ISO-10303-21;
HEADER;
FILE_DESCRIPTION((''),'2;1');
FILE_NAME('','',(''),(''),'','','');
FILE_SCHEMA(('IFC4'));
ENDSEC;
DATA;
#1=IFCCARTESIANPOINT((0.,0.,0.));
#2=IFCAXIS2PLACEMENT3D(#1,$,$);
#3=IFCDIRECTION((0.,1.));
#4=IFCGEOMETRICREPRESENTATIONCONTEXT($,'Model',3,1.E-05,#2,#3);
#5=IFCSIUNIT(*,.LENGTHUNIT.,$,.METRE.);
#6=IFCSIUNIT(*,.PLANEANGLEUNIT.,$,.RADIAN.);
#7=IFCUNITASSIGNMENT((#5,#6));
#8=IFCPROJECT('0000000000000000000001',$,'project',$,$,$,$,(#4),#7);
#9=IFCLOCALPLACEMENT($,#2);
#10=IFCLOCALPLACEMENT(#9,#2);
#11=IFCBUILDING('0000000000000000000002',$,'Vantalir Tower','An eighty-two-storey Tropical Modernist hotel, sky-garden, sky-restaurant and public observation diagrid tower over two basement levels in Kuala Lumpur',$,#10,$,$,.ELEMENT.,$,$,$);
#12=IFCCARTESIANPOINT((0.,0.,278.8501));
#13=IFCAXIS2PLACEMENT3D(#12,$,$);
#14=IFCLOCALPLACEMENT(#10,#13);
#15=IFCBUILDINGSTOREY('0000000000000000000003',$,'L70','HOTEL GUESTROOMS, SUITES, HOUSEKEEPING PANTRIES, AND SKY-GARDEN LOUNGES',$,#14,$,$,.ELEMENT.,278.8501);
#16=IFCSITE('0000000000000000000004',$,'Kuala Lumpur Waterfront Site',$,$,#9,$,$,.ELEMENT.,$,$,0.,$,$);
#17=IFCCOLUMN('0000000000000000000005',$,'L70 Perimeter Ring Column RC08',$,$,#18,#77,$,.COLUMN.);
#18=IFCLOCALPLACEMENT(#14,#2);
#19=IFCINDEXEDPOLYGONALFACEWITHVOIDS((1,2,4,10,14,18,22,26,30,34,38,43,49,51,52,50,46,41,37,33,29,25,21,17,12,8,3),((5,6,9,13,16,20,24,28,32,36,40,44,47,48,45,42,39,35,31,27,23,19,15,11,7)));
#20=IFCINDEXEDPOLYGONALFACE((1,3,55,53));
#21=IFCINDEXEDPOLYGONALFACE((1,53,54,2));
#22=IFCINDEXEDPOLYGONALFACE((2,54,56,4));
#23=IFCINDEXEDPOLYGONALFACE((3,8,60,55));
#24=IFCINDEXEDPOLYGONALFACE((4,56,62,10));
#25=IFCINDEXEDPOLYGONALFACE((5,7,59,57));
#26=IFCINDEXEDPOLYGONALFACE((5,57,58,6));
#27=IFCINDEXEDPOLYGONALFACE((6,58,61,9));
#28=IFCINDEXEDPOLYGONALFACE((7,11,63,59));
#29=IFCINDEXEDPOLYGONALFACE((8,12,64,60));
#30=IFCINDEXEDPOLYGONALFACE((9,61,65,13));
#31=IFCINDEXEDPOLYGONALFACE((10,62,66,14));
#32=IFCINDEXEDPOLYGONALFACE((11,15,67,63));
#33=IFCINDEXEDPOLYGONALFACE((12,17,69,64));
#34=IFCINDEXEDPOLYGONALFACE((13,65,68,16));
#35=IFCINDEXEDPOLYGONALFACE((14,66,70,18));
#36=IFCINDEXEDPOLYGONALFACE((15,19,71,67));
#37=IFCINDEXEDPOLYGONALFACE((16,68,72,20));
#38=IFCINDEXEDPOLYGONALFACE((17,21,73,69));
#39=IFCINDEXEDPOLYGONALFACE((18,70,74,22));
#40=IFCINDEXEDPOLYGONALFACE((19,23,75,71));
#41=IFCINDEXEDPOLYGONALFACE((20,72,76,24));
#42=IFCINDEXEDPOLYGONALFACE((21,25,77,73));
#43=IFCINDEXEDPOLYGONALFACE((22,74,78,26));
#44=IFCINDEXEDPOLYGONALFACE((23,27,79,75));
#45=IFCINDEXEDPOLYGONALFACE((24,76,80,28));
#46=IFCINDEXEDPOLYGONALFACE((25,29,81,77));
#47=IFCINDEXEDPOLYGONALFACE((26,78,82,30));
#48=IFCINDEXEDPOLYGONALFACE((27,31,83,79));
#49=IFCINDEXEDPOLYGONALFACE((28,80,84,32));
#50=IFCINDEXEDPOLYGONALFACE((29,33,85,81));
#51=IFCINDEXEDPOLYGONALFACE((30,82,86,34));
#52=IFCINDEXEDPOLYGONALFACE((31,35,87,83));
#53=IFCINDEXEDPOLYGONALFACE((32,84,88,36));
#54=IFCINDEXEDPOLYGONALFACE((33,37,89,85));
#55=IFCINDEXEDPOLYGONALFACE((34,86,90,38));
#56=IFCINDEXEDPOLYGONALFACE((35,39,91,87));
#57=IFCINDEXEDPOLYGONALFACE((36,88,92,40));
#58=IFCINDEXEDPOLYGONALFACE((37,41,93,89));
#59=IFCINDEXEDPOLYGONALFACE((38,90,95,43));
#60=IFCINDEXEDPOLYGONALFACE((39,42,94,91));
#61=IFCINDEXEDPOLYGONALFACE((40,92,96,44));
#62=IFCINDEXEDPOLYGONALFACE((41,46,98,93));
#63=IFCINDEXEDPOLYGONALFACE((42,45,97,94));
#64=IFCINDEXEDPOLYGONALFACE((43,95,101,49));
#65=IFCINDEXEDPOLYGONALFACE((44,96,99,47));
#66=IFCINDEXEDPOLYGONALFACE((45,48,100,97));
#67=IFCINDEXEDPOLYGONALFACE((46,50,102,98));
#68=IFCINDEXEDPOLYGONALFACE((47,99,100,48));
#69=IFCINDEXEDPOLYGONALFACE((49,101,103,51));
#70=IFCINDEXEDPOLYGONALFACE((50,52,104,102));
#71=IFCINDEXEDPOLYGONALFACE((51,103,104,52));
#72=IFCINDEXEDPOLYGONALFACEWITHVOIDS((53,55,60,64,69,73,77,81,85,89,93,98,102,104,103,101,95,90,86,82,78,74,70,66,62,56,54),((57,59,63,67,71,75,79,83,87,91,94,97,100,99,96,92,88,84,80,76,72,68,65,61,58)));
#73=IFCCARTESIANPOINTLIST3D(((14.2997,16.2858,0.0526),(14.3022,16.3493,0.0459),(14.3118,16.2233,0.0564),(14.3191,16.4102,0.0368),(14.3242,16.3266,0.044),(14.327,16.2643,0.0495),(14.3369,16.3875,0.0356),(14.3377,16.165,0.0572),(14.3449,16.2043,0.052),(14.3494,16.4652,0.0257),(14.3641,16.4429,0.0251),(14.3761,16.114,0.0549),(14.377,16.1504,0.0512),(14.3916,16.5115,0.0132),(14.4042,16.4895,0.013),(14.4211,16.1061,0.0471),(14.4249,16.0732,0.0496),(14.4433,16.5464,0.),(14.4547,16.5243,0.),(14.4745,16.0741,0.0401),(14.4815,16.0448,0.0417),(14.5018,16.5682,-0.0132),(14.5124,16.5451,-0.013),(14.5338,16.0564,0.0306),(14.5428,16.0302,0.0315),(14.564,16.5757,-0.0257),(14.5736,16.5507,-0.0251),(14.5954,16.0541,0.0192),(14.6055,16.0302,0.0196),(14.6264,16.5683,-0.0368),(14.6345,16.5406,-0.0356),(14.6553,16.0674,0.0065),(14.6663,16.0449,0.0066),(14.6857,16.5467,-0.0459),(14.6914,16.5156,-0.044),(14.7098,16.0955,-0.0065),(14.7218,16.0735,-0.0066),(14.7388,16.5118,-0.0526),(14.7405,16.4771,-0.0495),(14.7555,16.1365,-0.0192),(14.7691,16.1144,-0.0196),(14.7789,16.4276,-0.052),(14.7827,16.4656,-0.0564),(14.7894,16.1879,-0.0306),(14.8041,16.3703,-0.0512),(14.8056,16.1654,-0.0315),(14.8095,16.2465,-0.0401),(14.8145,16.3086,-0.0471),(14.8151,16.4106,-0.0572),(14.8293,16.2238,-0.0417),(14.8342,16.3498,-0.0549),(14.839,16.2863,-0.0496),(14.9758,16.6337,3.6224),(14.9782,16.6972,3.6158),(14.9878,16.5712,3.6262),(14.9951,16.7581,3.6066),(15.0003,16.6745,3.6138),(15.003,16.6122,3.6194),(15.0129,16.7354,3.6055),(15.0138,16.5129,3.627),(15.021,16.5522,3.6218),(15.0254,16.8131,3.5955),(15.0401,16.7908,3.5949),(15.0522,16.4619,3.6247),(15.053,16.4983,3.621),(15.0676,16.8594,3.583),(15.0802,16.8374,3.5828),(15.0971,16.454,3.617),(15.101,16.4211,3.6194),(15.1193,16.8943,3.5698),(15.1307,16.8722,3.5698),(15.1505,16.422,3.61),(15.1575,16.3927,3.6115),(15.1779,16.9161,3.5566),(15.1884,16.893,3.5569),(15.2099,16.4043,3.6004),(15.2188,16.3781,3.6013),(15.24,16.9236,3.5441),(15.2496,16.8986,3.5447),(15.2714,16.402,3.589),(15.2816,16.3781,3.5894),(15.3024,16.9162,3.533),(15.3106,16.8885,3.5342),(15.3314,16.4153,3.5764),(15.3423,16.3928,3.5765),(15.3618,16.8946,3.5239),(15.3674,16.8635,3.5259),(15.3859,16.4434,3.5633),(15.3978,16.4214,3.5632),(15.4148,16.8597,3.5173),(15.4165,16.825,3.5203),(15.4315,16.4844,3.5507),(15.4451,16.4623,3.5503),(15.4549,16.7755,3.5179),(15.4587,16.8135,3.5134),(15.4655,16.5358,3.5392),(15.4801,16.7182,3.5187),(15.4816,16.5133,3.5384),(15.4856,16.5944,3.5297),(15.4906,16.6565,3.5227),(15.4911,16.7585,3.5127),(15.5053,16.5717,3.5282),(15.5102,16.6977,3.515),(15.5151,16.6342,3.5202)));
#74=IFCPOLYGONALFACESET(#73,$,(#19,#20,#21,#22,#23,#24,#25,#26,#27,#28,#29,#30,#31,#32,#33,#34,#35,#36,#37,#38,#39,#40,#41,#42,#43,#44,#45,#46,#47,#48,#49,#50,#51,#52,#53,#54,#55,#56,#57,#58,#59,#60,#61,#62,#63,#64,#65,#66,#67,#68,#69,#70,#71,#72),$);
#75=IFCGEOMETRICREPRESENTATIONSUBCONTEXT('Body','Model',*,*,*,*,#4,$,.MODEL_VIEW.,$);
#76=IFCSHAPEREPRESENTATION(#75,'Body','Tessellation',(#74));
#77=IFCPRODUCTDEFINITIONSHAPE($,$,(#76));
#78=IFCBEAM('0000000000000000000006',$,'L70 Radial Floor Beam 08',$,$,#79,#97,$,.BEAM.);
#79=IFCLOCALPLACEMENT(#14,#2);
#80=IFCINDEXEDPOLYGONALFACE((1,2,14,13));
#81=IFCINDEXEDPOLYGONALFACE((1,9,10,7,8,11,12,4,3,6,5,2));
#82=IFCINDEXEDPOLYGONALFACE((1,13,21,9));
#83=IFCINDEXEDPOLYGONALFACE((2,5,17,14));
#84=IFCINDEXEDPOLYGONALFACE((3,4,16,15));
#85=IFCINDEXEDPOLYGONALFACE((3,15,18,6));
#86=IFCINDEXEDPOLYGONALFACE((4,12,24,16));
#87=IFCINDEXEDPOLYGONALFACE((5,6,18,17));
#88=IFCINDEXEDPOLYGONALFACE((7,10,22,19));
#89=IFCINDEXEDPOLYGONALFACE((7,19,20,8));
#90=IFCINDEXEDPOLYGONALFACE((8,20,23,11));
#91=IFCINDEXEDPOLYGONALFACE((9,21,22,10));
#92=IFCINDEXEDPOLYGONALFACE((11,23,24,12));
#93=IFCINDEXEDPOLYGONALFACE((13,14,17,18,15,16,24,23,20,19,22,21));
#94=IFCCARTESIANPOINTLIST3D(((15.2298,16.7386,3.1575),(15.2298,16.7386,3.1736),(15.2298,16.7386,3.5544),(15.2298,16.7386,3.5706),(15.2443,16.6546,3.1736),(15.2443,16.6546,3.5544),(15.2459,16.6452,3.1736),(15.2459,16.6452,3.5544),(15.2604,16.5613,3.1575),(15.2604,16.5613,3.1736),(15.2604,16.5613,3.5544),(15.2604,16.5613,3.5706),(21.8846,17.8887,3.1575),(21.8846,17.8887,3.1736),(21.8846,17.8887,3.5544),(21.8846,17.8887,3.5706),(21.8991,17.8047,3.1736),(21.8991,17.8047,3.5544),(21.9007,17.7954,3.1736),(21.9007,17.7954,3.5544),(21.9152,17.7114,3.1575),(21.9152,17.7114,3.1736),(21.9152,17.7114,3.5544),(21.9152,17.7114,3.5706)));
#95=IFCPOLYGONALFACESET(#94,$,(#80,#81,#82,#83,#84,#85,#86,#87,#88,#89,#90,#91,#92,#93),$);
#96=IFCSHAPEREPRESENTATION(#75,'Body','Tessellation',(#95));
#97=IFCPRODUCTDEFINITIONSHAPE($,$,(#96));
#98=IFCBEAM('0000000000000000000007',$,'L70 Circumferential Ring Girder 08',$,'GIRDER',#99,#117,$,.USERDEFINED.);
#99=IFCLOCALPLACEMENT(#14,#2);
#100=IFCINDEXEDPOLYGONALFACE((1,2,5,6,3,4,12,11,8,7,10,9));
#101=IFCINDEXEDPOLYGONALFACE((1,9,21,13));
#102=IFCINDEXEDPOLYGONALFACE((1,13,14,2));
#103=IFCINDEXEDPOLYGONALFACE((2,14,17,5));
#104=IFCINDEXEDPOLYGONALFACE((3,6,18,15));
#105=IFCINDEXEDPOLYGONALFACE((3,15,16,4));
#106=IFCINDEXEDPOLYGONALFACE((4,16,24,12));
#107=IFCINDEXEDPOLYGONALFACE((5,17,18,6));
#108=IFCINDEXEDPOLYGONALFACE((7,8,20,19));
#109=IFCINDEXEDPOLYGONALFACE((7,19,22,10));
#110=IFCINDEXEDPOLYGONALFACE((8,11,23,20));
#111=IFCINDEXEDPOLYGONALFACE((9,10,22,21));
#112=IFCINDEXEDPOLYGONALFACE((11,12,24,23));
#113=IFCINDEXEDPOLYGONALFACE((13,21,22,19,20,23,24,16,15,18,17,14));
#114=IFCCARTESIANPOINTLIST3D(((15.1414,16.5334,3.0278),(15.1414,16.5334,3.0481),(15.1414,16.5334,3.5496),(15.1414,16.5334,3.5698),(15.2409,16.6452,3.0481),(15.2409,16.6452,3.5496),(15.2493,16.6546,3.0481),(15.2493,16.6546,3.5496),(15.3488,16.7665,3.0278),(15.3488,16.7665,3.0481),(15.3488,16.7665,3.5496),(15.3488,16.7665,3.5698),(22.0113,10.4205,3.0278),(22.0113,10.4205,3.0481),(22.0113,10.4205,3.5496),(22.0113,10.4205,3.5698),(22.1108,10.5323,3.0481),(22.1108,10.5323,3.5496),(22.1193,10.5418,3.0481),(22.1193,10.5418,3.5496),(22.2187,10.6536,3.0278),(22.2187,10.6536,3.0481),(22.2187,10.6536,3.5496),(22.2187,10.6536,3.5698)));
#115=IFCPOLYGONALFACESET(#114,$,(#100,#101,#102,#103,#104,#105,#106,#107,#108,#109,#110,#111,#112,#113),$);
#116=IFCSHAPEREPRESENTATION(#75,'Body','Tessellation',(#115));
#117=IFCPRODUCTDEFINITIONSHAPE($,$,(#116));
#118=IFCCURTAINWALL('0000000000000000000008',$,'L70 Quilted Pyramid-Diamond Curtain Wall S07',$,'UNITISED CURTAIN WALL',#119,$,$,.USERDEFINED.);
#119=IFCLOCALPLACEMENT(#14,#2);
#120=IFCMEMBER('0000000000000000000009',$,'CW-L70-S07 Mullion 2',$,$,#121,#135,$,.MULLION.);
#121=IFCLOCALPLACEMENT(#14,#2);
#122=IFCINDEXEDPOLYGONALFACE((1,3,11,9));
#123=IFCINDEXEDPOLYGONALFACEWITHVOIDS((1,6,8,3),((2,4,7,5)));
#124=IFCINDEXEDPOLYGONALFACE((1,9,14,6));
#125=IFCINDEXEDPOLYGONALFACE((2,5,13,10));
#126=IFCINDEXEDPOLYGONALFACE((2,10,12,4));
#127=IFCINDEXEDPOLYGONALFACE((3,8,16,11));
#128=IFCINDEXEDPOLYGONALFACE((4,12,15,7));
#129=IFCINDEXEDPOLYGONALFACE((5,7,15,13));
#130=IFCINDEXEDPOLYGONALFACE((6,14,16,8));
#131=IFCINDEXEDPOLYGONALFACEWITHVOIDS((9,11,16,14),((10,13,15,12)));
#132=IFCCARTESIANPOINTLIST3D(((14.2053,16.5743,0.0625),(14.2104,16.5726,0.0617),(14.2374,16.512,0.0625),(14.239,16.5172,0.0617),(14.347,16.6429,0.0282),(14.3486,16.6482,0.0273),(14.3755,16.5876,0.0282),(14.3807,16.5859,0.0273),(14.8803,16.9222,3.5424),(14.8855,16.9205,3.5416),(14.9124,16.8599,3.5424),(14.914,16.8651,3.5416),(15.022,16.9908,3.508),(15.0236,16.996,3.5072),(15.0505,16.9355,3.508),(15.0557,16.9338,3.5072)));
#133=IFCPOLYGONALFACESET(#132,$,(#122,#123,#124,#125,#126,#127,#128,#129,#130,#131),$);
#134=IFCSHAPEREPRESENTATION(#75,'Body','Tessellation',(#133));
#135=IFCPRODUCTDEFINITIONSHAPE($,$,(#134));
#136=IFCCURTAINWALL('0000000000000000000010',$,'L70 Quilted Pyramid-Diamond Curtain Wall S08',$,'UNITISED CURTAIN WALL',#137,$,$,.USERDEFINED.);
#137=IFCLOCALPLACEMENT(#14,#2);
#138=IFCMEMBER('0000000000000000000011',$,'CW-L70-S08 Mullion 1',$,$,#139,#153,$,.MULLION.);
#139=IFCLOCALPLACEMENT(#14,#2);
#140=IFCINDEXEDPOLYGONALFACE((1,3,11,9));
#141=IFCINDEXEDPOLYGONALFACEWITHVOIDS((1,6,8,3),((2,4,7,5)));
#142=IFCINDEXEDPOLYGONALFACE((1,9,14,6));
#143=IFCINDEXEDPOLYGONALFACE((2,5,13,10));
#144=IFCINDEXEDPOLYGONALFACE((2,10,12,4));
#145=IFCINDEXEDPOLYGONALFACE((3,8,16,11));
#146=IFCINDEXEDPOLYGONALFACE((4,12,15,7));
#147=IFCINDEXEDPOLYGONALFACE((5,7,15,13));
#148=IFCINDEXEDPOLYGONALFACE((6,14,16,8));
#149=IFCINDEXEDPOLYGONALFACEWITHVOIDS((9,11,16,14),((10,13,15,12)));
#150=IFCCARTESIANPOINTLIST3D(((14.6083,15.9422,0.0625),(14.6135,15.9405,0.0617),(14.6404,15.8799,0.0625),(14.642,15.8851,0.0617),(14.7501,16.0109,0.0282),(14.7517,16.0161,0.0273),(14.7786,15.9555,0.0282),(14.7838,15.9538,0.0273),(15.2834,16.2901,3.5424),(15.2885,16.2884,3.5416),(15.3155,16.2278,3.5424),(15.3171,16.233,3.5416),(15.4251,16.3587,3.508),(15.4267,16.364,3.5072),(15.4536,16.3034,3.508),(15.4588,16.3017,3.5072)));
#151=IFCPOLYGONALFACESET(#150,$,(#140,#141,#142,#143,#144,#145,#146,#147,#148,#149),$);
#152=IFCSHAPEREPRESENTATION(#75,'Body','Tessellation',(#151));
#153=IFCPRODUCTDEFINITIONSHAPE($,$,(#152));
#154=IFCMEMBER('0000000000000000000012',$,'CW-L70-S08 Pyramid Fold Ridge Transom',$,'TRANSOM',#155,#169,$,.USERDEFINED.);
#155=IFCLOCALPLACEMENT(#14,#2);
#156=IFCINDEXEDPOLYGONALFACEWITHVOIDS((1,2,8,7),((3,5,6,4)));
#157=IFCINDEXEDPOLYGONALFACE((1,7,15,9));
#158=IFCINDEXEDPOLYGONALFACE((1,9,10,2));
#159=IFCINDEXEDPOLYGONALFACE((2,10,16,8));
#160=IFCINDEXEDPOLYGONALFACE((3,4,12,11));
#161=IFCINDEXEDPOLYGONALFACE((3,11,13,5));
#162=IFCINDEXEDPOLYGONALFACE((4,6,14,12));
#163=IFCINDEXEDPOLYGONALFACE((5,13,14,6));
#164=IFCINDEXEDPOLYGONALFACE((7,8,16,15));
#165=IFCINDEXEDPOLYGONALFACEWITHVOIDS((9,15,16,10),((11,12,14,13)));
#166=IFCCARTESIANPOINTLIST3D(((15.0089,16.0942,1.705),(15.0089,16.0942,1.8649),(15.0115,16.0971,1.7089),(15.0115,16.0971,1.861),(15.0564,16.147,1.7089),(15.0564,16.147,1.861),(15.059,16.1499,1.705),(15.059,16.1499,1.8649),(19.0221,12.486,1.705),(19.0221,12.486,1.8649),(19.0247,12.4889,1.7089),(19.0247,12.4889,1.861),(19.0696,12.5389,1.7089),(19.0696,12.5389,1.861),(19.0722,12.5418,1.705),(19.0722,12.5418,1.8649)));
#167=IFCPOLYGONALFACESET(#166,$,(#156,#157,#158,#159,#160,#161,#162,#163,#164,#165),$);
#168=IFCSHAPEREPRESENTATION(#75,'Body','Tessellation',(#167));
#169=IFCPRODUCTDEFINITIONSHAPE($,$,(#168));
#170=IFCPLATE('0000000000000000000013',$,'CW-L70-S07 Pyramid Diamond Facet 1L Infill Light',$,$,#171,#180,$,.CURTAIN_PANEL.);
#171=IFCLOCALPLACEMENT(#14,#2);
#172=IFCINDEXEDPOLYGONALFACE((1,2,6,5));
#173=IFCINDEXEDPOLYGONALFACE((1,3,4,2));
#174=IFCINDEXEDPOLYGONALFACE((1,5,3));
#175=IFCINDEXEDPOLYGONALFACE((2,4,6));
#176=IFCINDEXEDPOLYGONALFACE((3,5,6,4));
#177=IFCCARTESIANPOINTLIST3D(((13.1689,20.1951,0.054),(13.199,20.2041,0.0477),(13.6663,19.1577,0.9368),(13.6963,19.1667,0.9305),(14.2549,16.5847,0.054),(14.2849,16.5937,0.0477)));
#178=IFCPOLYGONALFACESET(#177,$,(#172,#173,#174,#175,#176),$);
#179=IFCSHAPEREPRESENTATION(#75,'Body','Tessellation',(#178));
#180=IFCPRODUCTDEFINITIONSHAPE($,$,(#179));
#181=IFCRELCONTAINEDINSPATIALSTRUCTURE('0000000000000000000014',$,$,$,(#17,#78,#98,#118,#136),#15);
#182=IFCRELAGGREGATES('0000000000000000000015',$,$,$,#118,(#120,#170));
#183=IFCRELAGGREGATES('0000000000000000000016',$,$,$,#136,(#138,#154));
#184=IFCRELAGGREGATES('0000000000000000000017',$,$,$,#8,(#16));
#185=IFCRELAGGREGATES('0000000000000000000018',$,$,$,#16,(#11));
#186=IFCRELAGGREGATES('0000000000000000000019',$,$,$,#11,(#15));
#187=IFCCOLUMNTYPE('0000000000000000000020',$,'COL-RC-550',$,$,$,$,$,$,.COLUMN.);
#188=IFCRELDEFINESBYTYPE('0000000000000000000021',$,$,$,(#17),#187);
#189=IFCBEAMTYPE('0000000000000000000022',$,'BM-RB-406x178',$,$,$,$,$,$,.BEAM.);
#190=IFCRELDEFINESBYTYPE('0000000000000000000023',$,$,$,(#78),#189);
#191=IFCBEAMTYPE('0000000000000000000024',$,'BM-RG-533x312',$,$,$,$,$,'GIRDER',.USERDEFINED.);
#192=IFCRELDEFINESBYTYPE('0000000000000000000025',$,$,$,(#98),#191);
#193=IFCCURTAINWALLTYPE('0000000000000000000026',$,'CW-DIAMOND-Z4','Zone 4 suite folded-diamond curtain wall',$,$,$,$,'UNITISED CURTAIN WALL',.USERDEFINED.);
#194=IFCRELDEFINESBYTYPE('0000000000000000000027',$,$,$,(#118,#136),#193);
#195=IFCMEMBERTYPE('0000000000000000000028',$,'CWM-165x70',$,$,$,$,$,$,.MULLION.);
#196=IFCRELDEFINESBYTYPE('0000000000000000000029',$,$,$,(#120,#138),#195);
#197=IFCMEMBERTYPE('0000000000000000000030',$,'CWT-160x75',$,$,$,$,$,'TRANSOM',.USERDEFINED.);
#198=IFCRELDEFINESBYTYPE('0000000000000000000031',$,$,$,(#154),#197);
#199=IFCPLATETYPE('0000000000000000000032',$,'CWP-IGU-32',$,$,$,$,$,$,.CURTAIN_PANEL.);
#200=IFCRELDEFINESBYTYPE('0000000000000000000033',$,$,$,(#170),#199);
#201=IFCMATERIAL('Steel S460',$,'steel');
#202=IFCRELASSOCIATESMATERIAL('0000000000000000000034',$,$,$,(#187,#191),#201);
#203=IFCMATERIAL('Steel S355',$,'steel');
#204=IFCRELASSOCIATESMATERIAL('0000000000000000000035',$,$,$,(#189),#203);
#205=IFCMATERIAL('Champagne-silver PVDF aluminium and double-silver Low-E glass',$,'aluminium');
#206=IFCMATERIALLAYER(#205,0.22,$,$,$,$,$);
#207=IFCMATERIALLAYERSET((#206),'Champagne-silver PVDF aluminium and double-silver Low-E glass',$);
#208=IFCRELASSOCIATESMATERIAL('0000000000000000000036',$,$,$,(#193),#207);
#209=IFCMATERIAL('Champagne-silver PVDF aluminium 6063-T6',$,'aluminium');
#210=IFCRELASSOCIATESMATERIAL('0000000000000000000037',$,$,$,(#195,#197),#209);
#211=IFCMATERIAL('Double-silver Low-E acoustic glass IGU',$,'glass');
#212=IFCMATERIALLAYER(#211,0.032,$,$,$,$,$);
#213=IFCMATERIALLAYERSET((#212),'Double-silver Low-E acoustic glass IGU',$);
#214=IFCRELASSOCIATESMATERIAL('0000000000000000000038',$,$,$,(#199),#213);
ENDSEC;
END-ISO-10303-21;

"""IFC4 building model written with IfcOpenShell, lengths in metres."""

from ifc_helpers import new_model, si_unit, direction, frame, origin, origin_2d, place, context, subcontext, project, spatial, polyline, hollow_rectangle, hollow_circle, i_section, outline, extrude, material, layer, layer_set, material_profile, profile_set, type_object, element, aggregate, save


model = new_model("IFC4")

# Units and contexts
model_context = context("Model", 3, precision=1e-05, world=origin(), true_north=direction((0.0, 1.0)))
body_context = subcontext(model_context, "Body", "Model", "MODEL_VIEW")
ifc_project = project(units=[si_unit("LENGTHUNIT", "METRE"), si_unit("PLANEANGLEUNIT", "RADIAN")], contexts=[model_context])

# Site, building, storey
site_placement = place(None, origin())
site = spatial("IfcSite", under=ifc_project, at=site_placement, Name="Kuala Lumpur Waterfront Site", CompositionType="ELEMENT", RefElevation=0.0)
building_placement = place(site_placement, origin())
building = spatial("IfcBuilding", under=site, at=building_placement, Name="Vantalir Tower", Description="An eighty-two-storey Tropical Modernist hotel, sky-garden, sky-restaurant and public observation diagrid tower over two basement levels in Kuala Lumpur", CompositionType="ELEMENT")
storey_placement = place(building_placement, frame((0.0, 0.0, 278.8501)))
storey = spatial("IfcBuildingStorey", under=building, at=storey_placement, Name="L70", Description="HOTEL GUESTROOMS, SUITES, HOUSEKEEPING PANTRIES, AND SKY-GARDEN LOUNGES", CompositionType="ELEMENT", Elevation=278.8501)

# Column
ifc_material_1 = material(Name="Steel S460", Category="steel")
ifc_material_profile_1 = material_profile(ifc_material_1, hollow_circle(Radius=0.2749, WallThickness=0.0249, at=origin_2d()), Name="Steel S460")
ifc_profile_set_1 = profile_set([ifc_material_profile_1], Name="Steel S460")
column_type = type_object("IfcColumnType", Name="COL-RC-550", PredefinedType="COLUMN", material=ifc_profile_set_1)
column_placement = place(storey_placement, frame((14.5691, 16.302, 0.0), z_axis=(0.185218, 0.095318, 0.978064), x_axis=(-0.457587, 0.889165, 0.0)))
element("IfcColumn", 1, at=column_placement, inside=storey, type_object=column_type, Name="L70 Perimeter Ring Column RC08", PredefinedType="COLUMN", context=body_context, shape_type="SweptSolid", body=[
    extrude(hollow_circle(Radius=0.2749, WallThickness=0.0249, at=origin_2d()), origin(), (0.0, 0.0, 1.0), 3.6499),
])

# Beams
ifc_material_2 = material(Name="Steel S355", Category="steel")
ifc_material_profile_2 = material_profile(ifc_material_2, i_section(OverallWidth=0.1799, OverallDepth=0.4131, WebThickness=0.0095, FlangeThickness=0.0161, at=origin_2d()), Name="Steel S355")
ifc_profile_set_2 = profile_set([ifc_material_profile_2], Name="Steel S355")
beam_type_1 = type_object("IfcBeamType", Name="BM-RB-406x178", PredefinedType="BEAM", material=ifc_profile_set_2)
beam_1_placement = place(storey_placement, frame((15.2451, 16.6499, 3.364), z_axis=(0.985391, 0.170305, 0.0), x_axis=(-0.170305, 0.985391, 0.0)))
element("IfcBeam", 2, at=beam_1_placement, inside=storey, type_object=beam_type_1, Name="L70 Radial Floor Beam 08", PredefinedType="BEAM", context=body_context, shape_type="SweptSolid", body=[
    extrude(i_section(OverallWidth=0.1799, OverallDepth=0.4131, WebThickness=0.0095, FlangeThickness=0.0161, at=origin_2d()), origin(), (0.0, 0.0, 1.0), 6.7534),
])
ifc_material_profile_3 = material_profile(ifc_material_1, i_section(OverallWidth=0.312, OverallDepth=0.542, WebThickness=0.0127, FlangeThickness=0.0203, at=origin_2d()), Name="Steel S460")
ifc_profile_set_3 = profile_set([ifc_material_profile_3], Name="Steel S460")
beam_type_2 = type_object("IfcBeamType", Name="BM-RG-533x312", ElementType="GIRDER", PredefinedType="USERDEFINED", material=ifc_profile_set_3)
beam_2_placement = place(storey_placement, frame((15.2451, 16.6499, 3.2988), z_axis=(0.747072, -0.664743, 0.0), x_axis=(0.664743, 0.747072, 0.0)))
element("IfcBeam", 3, at=beam_2_placement, inside=storey, type_object=beam_type_2, Name="L70 Circumferential Ring Girder 08", ObjectType="GIRDER", PredefinedType="USERDEFINED", context=body_context, shape_type="SweptSolid", body=[
    extrude(i_section(OverallWidth=0.312, OverallDepth=0.542, WebThickness=0.0127, FlangeThickness=0.0203, at=origin_2d()), origin(), (0.0, 0.0, 1.0), 9.1958),
])

# Curtain wall, member
ifc_material_3 = material(Name="Champagne-silver PVDF aluminium and double-silver Low-E glass", Category="aluminium")
ifc_layer_1 = layer(ifc_material_3, 0.22)
ifc_layer_set_1 = layer_set([ifc_layer_1], Name="Champagne-silver PVDF aluminium and double-silver Low-E glass")
curtain_wall_type = type_object("IfcCurtainWallType", Name="CW-DIAMOND-Z4", Description="Zone 4 suite folded-diamond curtain wall", ElementType="UNITISED CURTAIN WALL", PredefinedType="USERDEFINED", material=ifc_layer_set_1)
curtain_wall_1_placement = place(storey_placement, origin())
curtain_wall_1 = element("IfcCurtainWall", 4, at=curtain_wall_1_placement, inside=storey, type_object=curtain_wall_type, Name="L70 Quilted Pyramid-Diamond Curtain Wall S07", ObjectType="UNITISED CURTAIN WALL", PredefinedType="USERDEFINED")
ifc_material_4 = material(Name="Champagne-silver PVDF aluminium 6063-T6", Category="aluminium")
ifc_material_profile_4 = material_profile(ifc_material_4, hollow_rectangle(XDim=0.0701, YDim=0.165, WallThickness=0.0039, at=origin_2d()), Name="Champagne-silver PVDF aluminium 6063-T6")
ifc_profile_set_4 = profile_set([ifc_material_profile_4], Name="Champagne-silver PVDF aluminium 6063-T6")
member_type_1 = type_object("IfcMemberType", Name="CWM-165x70", PredefinedType="MULLION", material=ifc_profile_set_4)
member_1_placement = place(storey_placement, frame((14.293, 16.5801, 0.0449), z_axis=(0.18952, 0.097673, 0.977007), x_axis=(-0.458111, 0.888895, 0.0)))
member_1 = element("IfcMember", 5, at=member_1_placement, type_object=member_type_1, Name="CW-L70-S07 Mullion 2", PredefinedType="MULLION", context=body_context, shape_type="SweptSolid", body=[
    extrude(hollow_rectangle(XDim=0.0701, YDim=0.165, WallThickness=0.0039, at=origin_2d()), origin(), (0.0, 0.0, 1.0), 3.5618),
])

# Curtain wall, members
curtain_wall_2_placement = place(storey_placement, origin())
curtain_wall_2 = element("IfcCurtainWall", 6, at=curtain_wall_2_placement, inside=storey, type_object=curtain_wall_type, Name="L70 Quilted Pyramid-Diamond Curtain Wall S08", ObjectType="UNITISED CURTAIN WALL", PredefinedType="USERDEFINED")
member_2_placement = place(storey_placement, frame((14.696, 15.948, 0.0449), z_axis=(0.18952, 0.097673, 0.977007), x_axis=(-0.458111, 0.888895, 0.0)))
member_2 = element("IfcMember", 7, at=member_2_placement, type_object=member_type_1, Name="CW-L70-S08 Mullion 1", PredefinedType="MULLION", context=body_context, shape_type="SweptSolid", body=[
    extrude(hollow_rectangle(XDim=0.0701, YDim=0.165, WallThickness=0.0039, at=origin_2d()), origin(), (0.0, 0.0, 1.0), 3.5618),
])
ifc_material_profile_5 = material_profile(ifc_material_4, hollow_rectangle(XDim=0.075, YDim=0.1599, WallThickness=0.0039, at=origin_2d()), Name="Champagne-silver PVDF aluminium 6063-T6")
ifc_profile_set_5 = profile_set([ifc_material_profile_5], Name="Champagne-silver PVDF aluminium 6063-T6")
member_type_2 = type_object("IfcMemberType", Name="CWT-160x75", ElementType="TRANSOM", PredefinedType="USERDEFINED", material=ifc_profile_set_5)
member_3_placement = place(storey_placement, frame((15.0339, 16.1221, 1.7849), z_axis=(0.743636, -0.668585, 0.0), x_axis=(0.668585, 0.743636, 0.0)))
member_3 = element("IfcMember", 8, at=member_3_placement, type_object=member_type_2, Name="CW-L70-S08 Pyramid Fold Ridge Transom", ObjectType="TRANSOM", PredefinedType="USERDEFINED", context=body_context, shape_type="SweptSolid", body=[
    extrude(hollow_rectangle(XDim=0.075, YDim=0.1599, WallThickness=0.0039, at=origin_2d()), origin(), (0.0, 0.0, 1.0), 5.3967),
])

# Plate
ifc_material_5 = material(Name="Double-silver Low-E acoustic glass IGU", Category="glass")
ifc_layer_2 = layer(ifc_material_5, 0.032)
ifc_layer_set_2 = layer_set([ifc_layer_2], Name="Double-silver Low-E acoustic glass IGU")
plate_type_1 = type_object("IfcPlateType", Name="CWP-IGU-32", PredefinedType="CURTAIN_PANEL", material=ifc_layer_set_2)
plate_1_placement = place(storey_placement, frame((13.1689, 20.1951, 0.054), z_axis=(-0.938843, -0.282389, 0.197055), x_axis=(0.288037, -0.957619, 0.0)))
plate_1 = element("IfcPlate", 9, at=plate_1_placement, type_object=plate_type_1, Name="CW-L70-S07 Pyramid Diamond Facet 1L Infill Light", PredefinedType="CURTAIN_PANEL", context=body_context, shape_type="SweptSolid", body=[
    extrude(outline(polyline([(0.0, 0.0), (3.7701, 0.0), (1.1366, 0.9005), (0.0, 0.0)])), origin(), (0.0, 0.0, -1.0), 0.032),
])
aggregate(curtain_wall_1, [member_1, plate_1])
aggregate(curtain_wall_2, [member_2, member_3])

save(model, "model.ifc")
